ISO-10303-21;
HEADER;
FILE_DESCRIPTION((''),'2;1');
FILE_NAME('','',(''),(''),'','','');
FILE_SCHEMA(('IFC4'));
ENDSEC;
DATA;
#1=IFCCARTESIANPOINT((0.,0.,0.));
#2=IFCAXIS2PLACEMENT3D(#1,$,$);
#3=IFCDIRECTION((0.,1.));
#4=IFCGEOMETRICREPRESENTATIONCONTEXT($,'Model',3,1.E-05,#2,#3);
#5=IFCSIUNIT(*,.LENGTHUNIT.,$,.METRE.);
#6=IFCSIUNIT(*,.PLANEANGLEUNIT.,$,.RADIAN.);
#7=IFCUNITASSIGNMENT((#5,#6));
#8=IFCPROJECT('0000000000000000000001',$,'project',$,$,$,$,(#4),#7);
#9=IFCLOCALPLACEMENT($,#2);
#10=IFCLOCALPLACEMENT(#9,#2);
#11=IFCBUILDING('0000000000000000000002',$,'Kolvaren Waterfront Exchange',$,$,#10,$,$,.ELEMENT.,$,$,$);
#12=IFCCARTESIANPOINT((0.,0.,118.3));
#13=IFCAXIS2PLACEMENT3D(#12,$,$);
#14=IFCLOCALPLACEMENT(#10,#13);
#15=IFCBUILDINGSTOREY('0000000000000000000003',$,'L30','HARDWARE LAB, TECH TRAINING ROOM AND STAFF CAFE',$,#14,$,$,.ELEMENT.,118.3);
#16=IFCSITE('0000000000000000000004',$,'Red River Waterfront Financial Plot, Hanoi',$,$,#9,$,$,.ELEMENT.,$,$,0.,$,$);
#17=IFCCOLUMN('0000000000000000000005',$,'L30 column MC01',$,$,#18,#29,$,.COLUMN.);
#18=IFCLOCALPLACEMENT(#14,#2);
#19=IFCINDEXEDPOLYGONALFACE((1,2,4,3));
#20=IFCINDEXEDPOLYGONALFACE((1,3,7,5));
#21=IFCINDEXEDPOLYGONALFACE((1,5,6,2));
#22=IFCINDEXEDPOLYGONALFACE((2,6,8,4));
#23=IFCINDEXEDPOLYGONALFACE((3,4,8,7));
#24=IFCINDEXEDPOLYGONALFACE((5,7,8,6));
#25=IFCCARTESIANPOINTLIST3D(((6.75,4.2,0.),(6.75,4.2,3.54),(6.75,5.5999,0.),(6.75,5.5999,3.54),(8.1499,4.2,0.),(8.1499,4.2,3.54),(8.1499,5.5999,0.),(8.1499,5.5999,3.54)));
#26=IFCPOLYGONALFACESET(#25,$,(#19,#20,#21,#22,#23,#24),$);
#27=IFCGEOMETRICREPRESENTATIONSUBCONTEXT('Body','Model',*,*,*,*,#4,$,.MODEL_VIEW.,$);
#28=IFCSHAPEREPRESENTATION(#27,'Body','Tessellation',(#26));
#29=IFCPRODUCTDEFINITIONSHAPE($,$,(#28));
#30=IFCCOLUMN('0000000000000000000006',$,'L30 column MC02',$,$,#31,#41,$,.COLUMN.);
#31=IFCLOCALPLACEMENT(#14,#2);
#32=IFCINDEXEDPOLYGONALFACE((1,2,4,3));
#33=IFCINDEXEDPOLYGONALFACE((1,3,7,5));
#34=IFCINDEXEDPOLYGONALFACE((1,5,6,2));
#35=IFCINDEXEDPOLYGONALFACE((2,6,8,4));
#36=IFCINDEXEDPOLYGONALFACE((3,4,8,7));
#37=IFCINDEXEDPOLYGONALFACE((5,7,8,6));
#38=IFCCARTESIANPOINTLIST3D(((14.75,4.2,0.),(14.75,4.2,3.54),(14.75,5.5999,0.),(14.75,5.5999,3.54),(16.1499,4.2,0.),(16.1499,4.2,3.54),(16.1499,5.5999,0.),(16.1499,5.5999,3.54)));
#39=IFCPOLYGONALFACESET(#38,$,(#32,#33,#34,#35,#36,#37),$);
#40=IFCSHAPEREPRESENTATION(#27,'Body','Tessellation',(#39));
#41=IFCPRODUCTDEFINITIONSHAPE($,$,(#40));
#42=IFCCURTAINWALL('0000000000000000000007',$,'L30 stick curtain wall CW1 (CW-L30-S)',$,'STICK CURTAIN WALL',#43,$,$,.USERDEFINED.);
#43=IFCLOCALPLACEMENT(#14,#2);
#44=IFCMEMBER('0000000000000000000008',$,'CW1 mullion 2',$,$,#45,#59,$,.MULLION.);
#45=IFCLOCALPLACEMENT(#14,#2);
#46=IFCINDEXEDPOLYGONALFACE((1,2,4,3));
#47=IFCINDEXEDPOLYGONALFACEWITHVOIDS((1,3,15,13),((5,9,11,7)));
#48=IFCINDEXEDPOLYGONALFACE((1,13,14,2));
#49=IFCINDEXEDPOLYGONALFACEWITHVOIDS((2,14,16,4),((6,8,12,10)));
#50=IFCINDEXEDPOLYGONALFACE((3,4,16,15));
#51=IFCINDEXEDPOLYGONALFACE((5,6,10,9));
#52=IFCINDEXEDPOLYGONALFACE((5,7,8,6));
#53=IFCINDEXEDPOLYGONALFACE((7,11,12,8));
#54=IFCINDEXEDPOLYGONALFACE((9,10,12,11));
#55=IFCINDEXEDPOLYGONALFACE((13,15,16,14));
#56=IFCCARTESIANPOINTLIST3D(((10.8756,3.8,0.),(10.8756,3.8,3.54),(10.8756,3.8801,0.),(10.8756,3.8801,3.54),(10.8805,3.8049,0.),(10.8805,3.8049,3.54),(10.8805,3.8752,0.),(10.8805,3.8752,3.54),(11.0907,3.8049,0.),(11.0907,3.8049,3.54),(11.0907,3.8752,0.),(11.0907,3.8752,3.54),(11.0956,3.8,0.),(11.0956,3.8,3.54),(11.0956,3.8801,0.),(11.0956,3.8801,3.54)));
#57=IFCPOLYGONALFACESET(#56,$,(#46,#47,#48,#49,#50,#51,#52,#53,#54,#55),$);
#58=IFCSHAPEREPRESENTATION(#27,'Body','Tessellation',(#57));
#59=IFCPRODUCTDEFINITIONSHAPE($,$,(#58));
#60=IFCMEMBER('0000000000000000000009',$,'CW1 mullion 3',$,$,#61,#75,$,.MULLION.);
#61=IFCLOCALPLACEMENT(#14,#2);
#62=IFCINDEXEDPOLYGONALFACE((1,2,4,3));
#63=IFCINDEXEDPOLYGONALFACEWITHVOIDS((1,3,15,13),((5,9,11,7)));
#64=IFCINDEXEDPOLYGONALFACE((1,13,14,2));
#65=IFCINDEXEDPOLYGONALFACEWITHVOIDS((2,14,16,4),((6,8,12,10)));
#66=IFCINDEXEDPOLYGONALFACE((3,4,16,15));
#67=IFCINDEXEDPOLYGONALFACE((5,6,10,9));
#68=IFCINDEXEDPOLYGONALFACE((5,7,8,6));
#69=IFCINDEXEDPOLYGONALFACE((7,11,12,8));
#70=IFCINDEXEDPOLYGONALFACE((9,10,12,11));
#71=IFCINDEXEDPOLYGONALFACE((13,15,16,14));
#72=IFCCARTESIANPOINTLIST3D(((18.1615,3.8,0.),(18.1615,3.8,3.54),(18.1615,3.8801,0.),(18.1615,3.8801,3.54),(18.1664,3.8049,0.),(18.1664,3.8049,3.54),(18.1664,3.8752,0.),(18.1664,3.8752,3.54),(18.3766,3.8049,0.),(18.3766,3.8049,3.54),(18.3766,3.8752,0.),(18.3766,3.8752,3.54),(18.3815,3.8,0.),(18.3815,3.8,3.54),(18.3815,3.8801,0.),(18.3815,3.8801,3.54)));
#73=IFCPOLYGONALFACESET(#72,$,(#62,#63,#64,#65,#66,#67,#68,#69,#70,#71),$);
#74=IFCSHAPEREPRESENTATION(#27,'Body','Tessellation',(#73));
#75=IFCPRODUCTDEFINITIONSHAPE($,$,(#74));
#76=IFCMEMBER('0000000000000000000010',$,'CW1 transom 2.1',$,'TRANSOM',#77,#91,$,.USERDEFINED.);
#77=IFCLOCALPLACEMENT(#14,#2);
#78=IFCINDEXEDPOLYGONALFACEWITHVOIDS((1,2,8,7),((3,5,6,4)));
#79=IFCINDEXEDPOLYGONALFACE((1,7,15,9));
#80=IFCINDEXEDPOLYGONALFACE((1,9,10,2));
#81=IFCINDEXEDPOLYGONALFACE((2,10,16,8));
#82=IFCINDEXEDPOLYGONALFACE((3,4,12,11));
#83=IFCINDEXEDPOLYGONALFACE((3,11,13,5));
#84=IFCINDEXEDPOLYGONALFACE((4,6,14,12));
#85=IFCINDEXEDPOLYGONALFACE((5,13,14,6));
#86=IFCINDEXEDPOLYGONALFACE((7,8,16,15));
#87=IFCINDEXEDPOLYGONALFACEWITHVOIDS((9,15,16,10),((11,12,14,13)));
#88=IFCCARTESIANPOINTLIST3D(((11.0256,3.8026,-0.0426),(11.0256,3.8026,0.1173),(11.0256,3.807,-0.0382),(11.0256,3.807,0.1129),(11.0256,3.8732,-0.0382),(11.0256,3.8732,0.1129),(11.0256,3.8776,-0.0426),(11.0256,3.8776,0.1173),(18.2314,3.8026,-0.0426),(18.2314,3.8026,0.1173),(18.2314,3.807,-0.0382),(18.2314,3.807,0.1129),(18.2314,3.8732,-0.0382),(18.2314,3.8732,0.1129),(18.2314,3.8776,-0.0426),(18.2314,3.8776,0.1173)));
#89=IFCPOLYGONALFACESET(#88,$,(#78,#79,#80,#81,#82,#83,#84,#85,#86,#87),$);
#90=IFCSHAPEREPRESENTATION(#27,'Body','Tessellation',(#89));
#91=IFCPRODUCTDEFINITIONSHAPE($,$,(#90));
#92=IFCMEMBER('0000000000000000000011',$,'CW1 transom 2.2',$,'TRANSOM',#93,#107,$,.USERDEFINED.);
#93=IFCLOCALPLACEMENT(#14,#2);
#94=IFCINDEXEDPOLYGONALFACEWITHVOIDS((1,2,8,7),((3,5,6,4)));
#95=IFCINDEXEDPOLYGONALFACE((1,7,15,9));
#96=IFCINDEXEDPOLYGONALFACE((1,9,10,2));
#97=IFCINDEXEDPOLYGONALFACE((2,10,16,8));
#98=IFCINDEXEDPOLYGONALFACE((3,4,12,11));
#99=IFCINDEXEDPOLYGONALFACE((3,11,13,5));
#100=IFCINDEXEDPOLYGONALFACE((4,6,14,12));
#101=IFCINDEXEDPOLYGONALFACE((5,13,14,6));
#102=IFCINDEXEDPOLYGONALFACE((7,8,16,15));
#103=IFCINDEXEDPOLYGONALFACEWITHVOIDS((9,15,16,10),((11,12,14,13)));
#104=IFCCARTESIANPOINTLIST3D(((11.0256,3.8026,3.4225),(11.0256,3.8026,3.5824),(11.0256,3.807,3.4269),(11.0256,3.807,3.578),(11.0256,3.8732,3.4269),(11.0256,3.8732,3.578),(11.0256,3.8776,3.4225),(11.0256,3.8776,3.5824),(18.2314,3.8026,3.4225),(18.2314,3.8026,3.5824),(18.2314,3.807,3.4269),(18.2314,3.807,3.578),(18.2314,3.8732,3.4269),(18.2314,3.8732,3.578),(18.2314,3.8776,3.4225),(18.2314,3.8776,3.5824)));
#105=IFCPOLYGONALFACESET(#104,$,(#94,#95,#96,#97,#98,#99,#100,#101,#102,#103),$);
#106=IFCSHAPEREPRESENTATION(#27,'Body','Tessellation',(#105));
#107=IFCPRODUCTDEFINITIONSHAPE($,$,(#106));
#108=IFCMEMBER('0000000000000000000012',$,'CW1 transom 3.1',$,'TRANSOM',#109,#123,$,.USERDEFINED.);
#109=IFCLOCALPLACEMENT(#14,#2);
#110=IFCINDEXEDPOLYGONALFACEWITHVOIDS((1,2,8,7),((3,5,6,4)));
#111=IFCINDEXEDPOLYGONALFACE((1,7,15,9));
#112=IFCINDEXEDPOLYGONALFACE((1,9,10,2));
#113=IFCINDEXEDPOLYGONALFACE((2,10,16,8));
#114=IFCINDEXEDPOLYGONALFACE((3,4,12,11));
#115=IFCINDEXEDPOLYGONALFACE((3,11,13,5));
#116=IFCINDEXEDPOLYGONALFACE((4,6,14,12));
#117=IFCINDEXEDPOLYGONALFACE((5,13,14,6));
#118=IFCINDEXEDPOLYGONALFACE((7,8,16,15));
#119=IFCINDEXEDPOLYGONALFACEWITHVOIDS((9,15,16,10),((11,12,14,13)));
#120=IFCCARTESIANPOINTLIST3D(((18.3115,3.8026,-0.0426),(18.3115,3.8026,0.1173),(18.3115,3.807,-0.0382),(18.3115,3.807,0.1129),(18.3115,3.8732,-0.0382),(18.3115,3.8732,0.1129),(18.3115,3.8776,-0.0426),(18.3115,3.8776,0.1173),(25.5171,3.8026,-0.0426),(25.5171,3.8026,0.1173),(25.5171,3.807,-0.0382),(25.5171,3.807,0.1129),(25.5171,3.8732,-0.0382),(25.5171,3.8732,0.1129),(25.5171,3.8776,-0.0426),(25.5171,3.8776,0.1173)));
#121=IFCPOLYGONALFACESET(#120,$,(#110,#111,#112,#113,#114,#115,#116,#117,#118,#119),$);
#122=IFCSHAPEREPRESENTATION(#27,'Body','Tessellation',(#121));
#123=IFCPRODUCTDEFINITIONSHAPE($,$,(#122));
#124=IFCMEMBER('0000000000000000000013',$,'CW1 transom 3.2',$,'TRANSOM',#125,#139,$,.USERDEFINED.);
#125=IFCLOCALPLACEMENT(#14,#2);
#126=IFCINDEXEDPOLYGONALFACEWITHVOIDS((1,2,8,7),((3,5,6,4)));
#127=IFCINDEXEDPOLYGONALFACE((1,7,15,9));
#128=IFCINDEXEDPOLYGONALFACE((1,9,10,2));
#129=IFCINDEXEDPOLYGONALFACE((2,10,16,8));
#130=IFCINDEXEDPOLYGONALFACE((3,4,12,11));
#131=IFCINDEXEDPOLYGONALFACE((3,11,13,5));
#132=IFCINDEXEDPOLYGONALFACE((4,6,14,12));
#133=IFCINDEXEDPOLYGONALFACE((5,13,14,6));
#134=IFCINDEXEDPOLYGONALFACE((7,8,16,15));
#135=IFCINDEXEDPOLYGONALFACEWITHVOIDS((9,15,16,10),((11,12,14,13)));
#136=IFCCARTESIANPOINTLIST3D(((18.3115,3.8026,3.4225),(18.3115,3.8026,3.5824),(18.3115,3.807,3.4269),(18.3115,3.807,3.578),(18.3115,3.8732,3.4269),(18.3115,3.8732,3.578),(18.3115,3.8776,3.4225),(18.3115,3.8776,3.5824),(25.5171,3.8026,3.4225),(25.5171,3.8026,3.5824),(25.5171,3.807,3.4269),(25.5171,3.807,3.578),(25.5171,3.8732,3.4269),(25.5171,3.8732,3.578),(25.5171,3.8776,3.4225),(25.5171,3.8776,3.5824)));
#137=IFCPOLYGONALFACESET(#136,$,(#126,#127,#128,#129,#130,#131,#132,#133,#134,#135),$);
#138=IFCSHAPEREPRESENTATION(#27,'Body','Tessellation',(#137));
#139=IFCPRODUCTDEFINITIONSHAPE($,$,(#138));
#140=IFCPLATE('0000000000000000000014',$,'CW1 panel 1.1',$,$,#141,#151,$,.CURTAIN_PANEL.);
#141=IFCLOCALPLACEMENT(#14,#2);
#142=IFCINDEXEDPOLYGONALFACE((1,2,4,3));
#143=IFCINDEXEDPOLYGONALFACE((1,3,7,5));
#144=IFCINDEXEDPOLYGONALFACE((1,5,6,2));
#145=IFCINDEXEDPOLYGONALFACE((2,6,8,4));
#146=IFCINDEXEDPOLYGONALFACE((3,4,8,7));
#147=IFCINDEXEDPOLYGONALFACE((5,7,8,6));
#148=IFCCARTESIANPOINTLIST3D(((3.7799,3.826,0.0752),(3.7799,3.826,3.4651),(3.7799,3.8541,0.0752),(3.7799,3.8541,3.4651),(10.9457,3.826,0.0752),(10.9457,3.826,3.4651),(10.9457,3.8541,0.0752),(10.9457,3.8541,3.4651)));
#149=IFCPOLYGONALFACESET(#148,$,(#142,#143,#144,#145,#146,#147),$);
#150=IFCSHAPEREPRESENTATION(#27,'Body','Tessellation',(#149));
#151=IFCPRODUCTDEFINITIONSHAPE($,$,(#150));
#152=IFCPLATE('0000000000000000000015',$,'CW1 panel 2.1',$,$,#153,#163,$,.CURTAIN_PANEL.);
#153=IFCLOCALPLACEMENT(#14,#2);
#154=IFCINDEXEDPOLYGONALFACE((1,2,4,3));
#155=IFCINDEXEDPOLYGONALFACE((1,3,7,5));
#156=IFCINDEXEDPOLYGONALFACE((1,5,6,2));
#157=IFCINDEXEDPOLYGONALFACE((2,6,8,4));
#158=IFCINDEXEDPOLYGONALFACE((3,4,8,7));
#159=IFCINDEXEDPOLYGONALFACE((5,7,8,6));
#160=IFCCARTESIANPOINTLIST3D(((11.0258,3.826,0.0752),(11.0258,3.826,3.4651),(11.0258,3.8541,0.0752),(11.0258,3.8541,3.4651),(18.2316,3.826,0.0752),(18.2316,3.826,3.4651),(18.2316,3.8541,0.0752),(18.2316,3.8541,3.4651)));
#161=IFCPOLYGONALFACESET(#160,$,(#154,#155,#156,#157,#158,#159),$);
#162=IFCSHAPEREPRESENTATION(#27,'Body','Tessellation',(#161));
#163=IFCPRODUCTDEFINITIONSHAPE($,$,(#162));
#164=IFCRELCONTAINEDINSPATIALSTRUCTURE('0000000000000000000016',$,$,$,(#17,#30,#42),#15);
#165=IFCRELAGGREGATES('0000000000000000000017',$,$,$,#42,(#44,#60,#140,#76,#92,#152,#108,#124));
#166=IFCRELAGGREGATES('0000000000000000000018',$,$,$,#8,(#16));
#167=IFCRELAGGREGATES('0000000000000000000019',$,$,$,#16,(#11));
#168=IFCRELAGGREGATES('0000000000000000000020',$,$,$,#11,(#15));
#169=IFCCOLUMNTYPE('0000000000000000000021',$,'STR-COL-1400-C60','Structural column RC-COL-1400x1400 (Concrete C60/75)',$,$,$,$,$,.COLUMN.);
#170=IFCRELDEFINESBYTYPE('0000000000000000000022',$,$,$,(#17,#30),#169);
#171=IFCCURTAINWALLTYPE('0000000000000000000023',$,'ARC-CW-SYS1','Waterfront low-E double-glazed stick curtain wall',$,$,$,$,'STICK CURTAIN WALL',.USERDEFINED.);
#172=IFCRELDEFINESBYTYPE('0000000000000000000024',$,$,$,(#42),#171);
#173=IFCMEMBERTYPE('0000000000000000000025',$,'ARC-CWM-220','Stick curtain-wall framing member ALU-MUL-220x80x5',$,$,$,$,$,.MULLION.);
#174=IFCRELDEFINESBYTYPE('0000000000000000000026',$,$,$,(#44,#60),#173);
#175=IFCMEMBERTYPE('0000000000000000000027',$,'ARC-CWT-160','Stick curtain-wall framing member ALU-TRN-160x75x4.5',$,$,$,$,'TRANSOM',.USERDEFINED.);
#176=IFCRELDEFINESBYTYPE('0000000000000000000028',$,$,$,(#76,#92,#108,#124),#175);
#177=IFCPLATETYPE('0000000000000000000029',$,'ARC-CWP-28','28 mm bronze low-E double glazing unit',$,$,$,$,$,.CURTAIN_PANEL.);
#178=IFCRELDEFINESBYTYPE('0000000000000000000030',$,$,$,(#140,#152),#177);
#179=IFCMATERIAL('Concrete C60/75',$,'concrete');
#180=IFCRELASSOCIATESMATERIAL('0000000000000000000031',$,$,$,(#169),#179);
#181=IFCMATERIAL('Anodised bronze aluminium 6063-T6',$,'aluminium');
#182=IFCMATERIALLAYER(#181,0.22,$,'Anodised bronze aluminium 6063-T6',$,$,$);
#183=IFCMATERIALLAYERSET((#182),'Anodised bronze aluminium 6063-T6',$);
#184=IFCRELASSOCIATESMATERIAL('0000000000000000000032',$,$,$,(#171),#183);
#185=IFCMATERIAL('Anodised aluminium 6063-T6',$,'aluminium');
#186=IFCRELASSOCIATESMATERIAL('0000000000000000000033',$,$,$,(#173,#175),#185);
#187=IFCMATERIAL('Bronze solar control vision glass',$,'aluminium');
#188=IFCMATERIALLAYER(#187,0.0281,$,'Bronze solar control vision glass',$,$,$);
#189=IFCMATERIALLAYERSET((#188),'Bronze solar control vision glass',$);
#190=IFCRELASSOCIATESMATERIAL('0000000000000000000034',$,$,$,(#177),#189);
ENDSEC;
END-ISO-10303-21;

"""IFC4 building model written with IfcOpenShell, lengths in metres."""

from ifc_helpers import new_model, si_unit, direction, frame, origin, origin_with_axes, origin_2d, place, context, subcontext, project, spatial, rectangle, hollow_rectangle, extrude, source, transform, mapped, material, layer, layer_set, material_profile, profile_set, type_object, element, aggregate, save


model = new_model("IFC4")

# Units and contexts
model_context = context("Model", 3, precision=1e-05, world=origin(), true_north=direction((0.0, 1.0)))
body_context = subcontext(model_context, "Body", "Model", "MODEL_VIEW")
ifc_project = project(units=[si_unit("LENGTHUNIT", "METRE"), si_unit("PLANEANGLEUNIT", "RADIAN")], contexts=[model_context])

# Site, building, storey
site_placement = place(None, origin())
site = spatial("IfcSite", under=ifc_project, at=site_placement, Name="Red River Waterfront Financial Plot, Hanoi", CompositionType="ELEMENT", RefElevation=0.0)
building_placement = place(site_placement, origin())
building = spatial("IfcBuilding", under=site, at=building_placement, Name="Kolvaren Waterfront Exchange", CompositionType="ELEMENT")
storey_placement = place(building_placement, frame((0.0, 0.0, 118.3)))
storey = spatial("IfcBuildingStorey", under=building, at=storey_placement, Name="L30", Description="HARDWARE LAB, TECH TRAINING ROOM AND STAFF CAFE", CompositionType="ELEMENT", Elevation=118.3)

# Columns
ifc_material_1 = material(Name="Concrete C60/75", Category="concrete")
ifc_material_profile_1 = material_profile(ifc_material_1, rectangle(XDim=1.3999, YDim=1.3999, at=origin_2d()), Name="RC-COL-1400x1400")
ifc_profile_set_1 = profile_set([ifc_material_profile_1], Name="Concrete C60/75")
column_type = type_object("IfcColumnType", Name="STR-COL-1400-C60", Description="Structural column RC-COL-1400x1400 (Concrete C60/75)", PredefinedType="COLUMN", material=ifc_profile_set_1)
for number, where, z_axis, x_axis, name in (
    (1, (7.45, 4.8999, 0.0), (0.0, 0.0, 1.0), (1.0, 0.0, 0.0), "L30 column MC01"),
    (2, (15.45, 4.8999, 0.0), (0.0, 0.0, 1.0), (1.0, 0.0, 0.0), "L30 column MC02"),
):
    element("IfcColumn", number, at=place(storey_placement, frame(where, z_axis=z_axis, x_axis=x_axis)), inside=storey, type_object=column_type, Name=name, PredefinedType="COLUMN", context=body_context, shape_type="SweptSolid", body=[
        extrude(rectangle(XDim=1.3999, YDim=1.3999, at=origin_2d()), origin(), (0.0, 0.0, 1.0), 3.54),
    ])

# Curtain wall, members, plates
ifc_material_2 = material(Name="Anodised bronze aluminium 6063-T6", Category="aluminium")
ifc_layer_1 = layer(ifc_material_2, 0.22, Name="Anodised bronze aluminium 6063-T6")
ifc_layer_set_1 = layer_set([ifc_layer_1], Name="Anodised bronze aluminium 6063-T6")
curtain_wall_type = type_object("IfcCurtainWallType", Name="ARC-CW-SYS1", Description="Waterfront low-E double-glazed stick curtain wall", ElementType="STICK CURTAIN WALL", PredefinedType="USERDEFINED", material=ifc_layer_set_1)
curtain_wall_placement = place(storey_placement, origin())
curtain_wall = element("IfcCurtainWall", 3, at=curtain_wall_placement, inside=storey, type_object=curtain_wall_type, Name="L30 stick curtain wall CW1 (CW-L30-S)", ObjectType="STICK CURTAIN WALL", PredefinedType="USERDEFINED")
ifc_material_3 = material(Name="Anodised aluminium 6063-T6", Category="aluminium")
ifc_material_profile_2 = material_profile(ifc_material_3, hollow_rectangle(XDim=0.0801, YDim=0.22, WallThickness=0.0049, at=origin_2d()), Name="ALU-MUL-220x80x5")
ifc_profile_set_2 = profile_set([ifc_material_profile_2], Name="Anodised aluminium 6063-T6")
member_type_1 = type_object("IfcMemberType", Name="ARC-CWM-220", Description="Stick curtain-wall framing member ALU-MUL-220x80x5", PredefinedType="MULLION", material=ifc_profile_set_2)
shared_shape_1 = source(origin_with_axes(), body_context, "Body", "SweptSolid", [
    extrude(hollow_rectangle(XDim=0.0801, YDim=0.22, WallThickness=0.0049, at=origin_2d()), origin(), (0.0, 0.0, 1.0), 3.54),
])
member_1_placement = place(storey_placement, frame((10.9856, 3.8401, 0.0), z_axis=(0.0, 0.0, 1.0), x_axis=(0.0, 1.0, 0.0)))
member_1 = element("IfcMember", 4, at=member_1_placement, type_object=member_type_1, Name="CW1 mullion 2", PredefinedType="MULLION", context=body_context, shape_type="MappedRepresentation", body=[
    mapped(shared_shape_1, transform((0.0, 0.0, 0.0), x_axis=(1.0, 0.0, 0.0), y_axis=(0.0, 1.0, 0.0), z_axis=(0.0, 0.0, 1.0), scale=1.0)),
])
member_2_placement = place(storey_placement, frame((18.2715, 3.8401, 0.0), z_axis=(0.0, 0.0, 1.0), x_axis=(0.0, 1.0, 0.0)))
member_2 = element("IfcMember", 5, at=member_2_placement, type_object=member_type_1, Name="CW1 mullion 3", PredefinedType="MULLION", context=body_context, shape_type="MappedRepresentation", body=[
    mapped(shared_shape_1, transform((0.0, 0.0, 0.0), x_axis=(1.0, 0.0, 0.0), y_axis=(0.0, 1.0, 0.0), z_axis=(0.0, 0.0, 1.0), scale=1.0)),
])
ifc_material_profile_3 = material_profile(ifc_material_3, hollow_rectangle(XDim=0.075, YDim=0.1599, WallThickness=0.0044, at=origin_2d()), Name="ALU-TRN-160x75x4.5")
ifc_profile_set_3 = profile_set([ifc_material_profile_3], Name="Anodised aluminium 6063-T6")
member_type_2 = type_object("IfcMemberType", Name="ARC-CWT-160", Description="Stick curtain-wall framing member ALU-TRN-160x75x4.5", ElementType="TRANSOM", PredefinedType="USERDEFINED", material=ifc_profile_set_3)
shared_shape_2 = source(origin_with_axes(), body_context, "Body", "SweptSolid", [
    extrude(hollow_rectangle(XDim=0.075, YDim=0.1599, WallThickness=0.0044, at=origin_2d()), origin(), (0.0, 0.0, 1.0), 7.2058),
])
member_3_placement = place(storey_placement, frame((11.0256, 3.8401, 0.0374), z_axis=(1.0, 0.0, 0.0), x_axis=(0.0, 1.0, 0.0)))
member_3 = element("IfcMember", 6, at=member_3_placement, type_object=member_type_2, Name="CW1 transom 2.1", ObjectType="TRANSOM", PredefinedType="USERDEFINED", context=body_context, shape_type="MappedRepresentation", body=[
    mapped(shared_shape_2, transform((0.0, 0.0, 0.0), x_axis=(1.0, 0.0, 0.0), y_axis=(0.0, 1.0, 0.0), z_axis=(0.0, 0.0, 1.0), scale=1.0)),
])
member_4_placement = place(storey_placement, frame((11.0256, 3.8401, 3.5024), z_axis=(1.0, 0.0, 0.0), x_axis=(0.0, 1.0, 0.0)))
member_4 = element("IfcMember", 7, at=member_4_placement, type_object=member_type_2, Name="CW1 transom 2.2", ObjectType="TRANSOM", PredefinedType="USERDEFINED", context=body_context, shape_type="MappedRepresentation", body=[
    mapped(shared_shape_2, transform((0.0, 0.0, 0.0), x_axis=(1.0, 0.0, 0.0), y_axis=(0.0, 1.0, 0.0), z_axis=(0.0, 0.0, 1.0), scale=1.0)),
])
shared_shape_3 = source(origin_with_axes(), body_context, "Body", "SweptSolid", [
    extrude(hollow_rectangle(XDim=0.075, YDim=0.1599, WallThickness=0.0044, at=origin_2d()), origin(), (0.0, 0.0, 1.0), 7.2056),
])
member_5_placement = place(storey_placement, frame((18.3115, 3.8401, 0.0374), z_axis=(1.0, 0.0, 0.0), x_axis=(0.0, 1.0, 0.0)))
member_5 = element("IfcMember", 8, at=member_5_placement, type_object=member_type_2, Name="CW1 transom 3.1", ObjectType="TRANSOM", PredefinedType="USERDEFINED", context=body_context, shape_type="MappedRepresentation", body=[
    mapped(shared_shape_3, transform((0.0, 0.0, 0.0), x_axis=(1.0, 0.0, 0.0), y_axis=(0.0, 1.0, 0.0), z_axis=(0.0, 0.0, 1.0), scale=1.0)),
])
member_6_placement = place(storey_placement, frame((18.3115, 3.8401, 3.5024), z_axis=(1.0, 0.0, 0.0), x_axis=(0.0, 1.0, 0.0)))
member_6 = element("IfcMember", 9, at=member_6_placement, type_object=member_type_2, Name="CW1 transom 3.2", ObjectType="TRANSOM", PredefinedType="USERDEFINED", context=body_context, shape_type="MappedRepresentation", body=[
    mapped(shared_shape_3, transform((0.0, 0.0, 0.0), x_axis=(1.0, 0.0, 0.0), y_axis=(0.0, 1.0, 0.0), z_axis=(0.0, 0.0, 1.0), scale=1.0)),
])
ifc_material_4 = material(Name="Bronze solar control vision glass", Category="aluminium")
ifc_layer_2 = layer(ifc_material_4, 0.0281, Name="Bronze solar control vision glass")
ifc_layer_set_2 = layer_set([ifc_layer_2], Name="Bronze solar control vision glass")
plate_type = type_object("IfcPlateType", Name="ARC-CWP-28", Description="28 mm bronze low-E double glazing unit", PredefinedType="CURTAIN_PANEL", material=ifc_layer_set_2)
shared_shape_4 = source(origin_with_axes(), body_context, "Body", "SweptSolid", [
    extrude(rectangle(XDim=7.1658, YDim=0.0281, at=origin_2d()), origin(), (0.0, 0.0, 1.0), 3.3899),
])
plate_1_placement = place(storey_placement, frame((7.3628, 3.8401, 0.0752), z_axis=(0.0, 0.0, 1.0), x_axis=(1.0, 0.0, 0.0)))
plate_1 = element("IfcPlate", 10, at=plate_1_placement, type_object=plate_type, Name="CW1 panel 1.1", PredefinedType="CURTAIN_PANEL", context=body_context, shape_type="MappedRepresentation", body=[
    mapped(shared_shape_4, transform((0.0, 0.0, 0.0), x_axis=(1.0, 0.0, 0.0), y_axis=(0.0, 1.0, 0.0), z_axis=(0.0, 0.0, 1.0), scale=1.0)),
])
shared_shape_5 = source(origin_with_axes(), body_context, "Body", "SweptSolid", [
    extrude(rectangle(XDim=7.2058, YDim=0.0281, at=origin_2d()), origin(), (0.0, 0.0, 1.0), 3.3899),
])
plate_2_placement = place(storey_placement, frame((14.6287, 3.8401, 0.0752), z_axis=(0.0, 0.0, 1.0), x_axis=(1.0, 0.0, 0.0)))
plate_2 = element("IfcPlate", 11, at=plate_2_placement, type_object=plate_type, Name="CW1 panel 2.1", PredefinedType="CURTAIN_PANEL", context=body_context, shape_type="MappedRepresentation", body=[
    mapped(shared_shape_5, transform((0.0, 0.0, 0.0), x_axis=(1.0, 0.0, 0.0), y_axis=(0.0, 1.0, 0.0), z_axis=(0.0, 0.0, 1.0), scale=1.0)),
])
aggregate(curtain_wall, [member_1, member_2, plate_1, member_3, member_4, plate_2, member_5, member_6])

save(model, "model.ifc")
